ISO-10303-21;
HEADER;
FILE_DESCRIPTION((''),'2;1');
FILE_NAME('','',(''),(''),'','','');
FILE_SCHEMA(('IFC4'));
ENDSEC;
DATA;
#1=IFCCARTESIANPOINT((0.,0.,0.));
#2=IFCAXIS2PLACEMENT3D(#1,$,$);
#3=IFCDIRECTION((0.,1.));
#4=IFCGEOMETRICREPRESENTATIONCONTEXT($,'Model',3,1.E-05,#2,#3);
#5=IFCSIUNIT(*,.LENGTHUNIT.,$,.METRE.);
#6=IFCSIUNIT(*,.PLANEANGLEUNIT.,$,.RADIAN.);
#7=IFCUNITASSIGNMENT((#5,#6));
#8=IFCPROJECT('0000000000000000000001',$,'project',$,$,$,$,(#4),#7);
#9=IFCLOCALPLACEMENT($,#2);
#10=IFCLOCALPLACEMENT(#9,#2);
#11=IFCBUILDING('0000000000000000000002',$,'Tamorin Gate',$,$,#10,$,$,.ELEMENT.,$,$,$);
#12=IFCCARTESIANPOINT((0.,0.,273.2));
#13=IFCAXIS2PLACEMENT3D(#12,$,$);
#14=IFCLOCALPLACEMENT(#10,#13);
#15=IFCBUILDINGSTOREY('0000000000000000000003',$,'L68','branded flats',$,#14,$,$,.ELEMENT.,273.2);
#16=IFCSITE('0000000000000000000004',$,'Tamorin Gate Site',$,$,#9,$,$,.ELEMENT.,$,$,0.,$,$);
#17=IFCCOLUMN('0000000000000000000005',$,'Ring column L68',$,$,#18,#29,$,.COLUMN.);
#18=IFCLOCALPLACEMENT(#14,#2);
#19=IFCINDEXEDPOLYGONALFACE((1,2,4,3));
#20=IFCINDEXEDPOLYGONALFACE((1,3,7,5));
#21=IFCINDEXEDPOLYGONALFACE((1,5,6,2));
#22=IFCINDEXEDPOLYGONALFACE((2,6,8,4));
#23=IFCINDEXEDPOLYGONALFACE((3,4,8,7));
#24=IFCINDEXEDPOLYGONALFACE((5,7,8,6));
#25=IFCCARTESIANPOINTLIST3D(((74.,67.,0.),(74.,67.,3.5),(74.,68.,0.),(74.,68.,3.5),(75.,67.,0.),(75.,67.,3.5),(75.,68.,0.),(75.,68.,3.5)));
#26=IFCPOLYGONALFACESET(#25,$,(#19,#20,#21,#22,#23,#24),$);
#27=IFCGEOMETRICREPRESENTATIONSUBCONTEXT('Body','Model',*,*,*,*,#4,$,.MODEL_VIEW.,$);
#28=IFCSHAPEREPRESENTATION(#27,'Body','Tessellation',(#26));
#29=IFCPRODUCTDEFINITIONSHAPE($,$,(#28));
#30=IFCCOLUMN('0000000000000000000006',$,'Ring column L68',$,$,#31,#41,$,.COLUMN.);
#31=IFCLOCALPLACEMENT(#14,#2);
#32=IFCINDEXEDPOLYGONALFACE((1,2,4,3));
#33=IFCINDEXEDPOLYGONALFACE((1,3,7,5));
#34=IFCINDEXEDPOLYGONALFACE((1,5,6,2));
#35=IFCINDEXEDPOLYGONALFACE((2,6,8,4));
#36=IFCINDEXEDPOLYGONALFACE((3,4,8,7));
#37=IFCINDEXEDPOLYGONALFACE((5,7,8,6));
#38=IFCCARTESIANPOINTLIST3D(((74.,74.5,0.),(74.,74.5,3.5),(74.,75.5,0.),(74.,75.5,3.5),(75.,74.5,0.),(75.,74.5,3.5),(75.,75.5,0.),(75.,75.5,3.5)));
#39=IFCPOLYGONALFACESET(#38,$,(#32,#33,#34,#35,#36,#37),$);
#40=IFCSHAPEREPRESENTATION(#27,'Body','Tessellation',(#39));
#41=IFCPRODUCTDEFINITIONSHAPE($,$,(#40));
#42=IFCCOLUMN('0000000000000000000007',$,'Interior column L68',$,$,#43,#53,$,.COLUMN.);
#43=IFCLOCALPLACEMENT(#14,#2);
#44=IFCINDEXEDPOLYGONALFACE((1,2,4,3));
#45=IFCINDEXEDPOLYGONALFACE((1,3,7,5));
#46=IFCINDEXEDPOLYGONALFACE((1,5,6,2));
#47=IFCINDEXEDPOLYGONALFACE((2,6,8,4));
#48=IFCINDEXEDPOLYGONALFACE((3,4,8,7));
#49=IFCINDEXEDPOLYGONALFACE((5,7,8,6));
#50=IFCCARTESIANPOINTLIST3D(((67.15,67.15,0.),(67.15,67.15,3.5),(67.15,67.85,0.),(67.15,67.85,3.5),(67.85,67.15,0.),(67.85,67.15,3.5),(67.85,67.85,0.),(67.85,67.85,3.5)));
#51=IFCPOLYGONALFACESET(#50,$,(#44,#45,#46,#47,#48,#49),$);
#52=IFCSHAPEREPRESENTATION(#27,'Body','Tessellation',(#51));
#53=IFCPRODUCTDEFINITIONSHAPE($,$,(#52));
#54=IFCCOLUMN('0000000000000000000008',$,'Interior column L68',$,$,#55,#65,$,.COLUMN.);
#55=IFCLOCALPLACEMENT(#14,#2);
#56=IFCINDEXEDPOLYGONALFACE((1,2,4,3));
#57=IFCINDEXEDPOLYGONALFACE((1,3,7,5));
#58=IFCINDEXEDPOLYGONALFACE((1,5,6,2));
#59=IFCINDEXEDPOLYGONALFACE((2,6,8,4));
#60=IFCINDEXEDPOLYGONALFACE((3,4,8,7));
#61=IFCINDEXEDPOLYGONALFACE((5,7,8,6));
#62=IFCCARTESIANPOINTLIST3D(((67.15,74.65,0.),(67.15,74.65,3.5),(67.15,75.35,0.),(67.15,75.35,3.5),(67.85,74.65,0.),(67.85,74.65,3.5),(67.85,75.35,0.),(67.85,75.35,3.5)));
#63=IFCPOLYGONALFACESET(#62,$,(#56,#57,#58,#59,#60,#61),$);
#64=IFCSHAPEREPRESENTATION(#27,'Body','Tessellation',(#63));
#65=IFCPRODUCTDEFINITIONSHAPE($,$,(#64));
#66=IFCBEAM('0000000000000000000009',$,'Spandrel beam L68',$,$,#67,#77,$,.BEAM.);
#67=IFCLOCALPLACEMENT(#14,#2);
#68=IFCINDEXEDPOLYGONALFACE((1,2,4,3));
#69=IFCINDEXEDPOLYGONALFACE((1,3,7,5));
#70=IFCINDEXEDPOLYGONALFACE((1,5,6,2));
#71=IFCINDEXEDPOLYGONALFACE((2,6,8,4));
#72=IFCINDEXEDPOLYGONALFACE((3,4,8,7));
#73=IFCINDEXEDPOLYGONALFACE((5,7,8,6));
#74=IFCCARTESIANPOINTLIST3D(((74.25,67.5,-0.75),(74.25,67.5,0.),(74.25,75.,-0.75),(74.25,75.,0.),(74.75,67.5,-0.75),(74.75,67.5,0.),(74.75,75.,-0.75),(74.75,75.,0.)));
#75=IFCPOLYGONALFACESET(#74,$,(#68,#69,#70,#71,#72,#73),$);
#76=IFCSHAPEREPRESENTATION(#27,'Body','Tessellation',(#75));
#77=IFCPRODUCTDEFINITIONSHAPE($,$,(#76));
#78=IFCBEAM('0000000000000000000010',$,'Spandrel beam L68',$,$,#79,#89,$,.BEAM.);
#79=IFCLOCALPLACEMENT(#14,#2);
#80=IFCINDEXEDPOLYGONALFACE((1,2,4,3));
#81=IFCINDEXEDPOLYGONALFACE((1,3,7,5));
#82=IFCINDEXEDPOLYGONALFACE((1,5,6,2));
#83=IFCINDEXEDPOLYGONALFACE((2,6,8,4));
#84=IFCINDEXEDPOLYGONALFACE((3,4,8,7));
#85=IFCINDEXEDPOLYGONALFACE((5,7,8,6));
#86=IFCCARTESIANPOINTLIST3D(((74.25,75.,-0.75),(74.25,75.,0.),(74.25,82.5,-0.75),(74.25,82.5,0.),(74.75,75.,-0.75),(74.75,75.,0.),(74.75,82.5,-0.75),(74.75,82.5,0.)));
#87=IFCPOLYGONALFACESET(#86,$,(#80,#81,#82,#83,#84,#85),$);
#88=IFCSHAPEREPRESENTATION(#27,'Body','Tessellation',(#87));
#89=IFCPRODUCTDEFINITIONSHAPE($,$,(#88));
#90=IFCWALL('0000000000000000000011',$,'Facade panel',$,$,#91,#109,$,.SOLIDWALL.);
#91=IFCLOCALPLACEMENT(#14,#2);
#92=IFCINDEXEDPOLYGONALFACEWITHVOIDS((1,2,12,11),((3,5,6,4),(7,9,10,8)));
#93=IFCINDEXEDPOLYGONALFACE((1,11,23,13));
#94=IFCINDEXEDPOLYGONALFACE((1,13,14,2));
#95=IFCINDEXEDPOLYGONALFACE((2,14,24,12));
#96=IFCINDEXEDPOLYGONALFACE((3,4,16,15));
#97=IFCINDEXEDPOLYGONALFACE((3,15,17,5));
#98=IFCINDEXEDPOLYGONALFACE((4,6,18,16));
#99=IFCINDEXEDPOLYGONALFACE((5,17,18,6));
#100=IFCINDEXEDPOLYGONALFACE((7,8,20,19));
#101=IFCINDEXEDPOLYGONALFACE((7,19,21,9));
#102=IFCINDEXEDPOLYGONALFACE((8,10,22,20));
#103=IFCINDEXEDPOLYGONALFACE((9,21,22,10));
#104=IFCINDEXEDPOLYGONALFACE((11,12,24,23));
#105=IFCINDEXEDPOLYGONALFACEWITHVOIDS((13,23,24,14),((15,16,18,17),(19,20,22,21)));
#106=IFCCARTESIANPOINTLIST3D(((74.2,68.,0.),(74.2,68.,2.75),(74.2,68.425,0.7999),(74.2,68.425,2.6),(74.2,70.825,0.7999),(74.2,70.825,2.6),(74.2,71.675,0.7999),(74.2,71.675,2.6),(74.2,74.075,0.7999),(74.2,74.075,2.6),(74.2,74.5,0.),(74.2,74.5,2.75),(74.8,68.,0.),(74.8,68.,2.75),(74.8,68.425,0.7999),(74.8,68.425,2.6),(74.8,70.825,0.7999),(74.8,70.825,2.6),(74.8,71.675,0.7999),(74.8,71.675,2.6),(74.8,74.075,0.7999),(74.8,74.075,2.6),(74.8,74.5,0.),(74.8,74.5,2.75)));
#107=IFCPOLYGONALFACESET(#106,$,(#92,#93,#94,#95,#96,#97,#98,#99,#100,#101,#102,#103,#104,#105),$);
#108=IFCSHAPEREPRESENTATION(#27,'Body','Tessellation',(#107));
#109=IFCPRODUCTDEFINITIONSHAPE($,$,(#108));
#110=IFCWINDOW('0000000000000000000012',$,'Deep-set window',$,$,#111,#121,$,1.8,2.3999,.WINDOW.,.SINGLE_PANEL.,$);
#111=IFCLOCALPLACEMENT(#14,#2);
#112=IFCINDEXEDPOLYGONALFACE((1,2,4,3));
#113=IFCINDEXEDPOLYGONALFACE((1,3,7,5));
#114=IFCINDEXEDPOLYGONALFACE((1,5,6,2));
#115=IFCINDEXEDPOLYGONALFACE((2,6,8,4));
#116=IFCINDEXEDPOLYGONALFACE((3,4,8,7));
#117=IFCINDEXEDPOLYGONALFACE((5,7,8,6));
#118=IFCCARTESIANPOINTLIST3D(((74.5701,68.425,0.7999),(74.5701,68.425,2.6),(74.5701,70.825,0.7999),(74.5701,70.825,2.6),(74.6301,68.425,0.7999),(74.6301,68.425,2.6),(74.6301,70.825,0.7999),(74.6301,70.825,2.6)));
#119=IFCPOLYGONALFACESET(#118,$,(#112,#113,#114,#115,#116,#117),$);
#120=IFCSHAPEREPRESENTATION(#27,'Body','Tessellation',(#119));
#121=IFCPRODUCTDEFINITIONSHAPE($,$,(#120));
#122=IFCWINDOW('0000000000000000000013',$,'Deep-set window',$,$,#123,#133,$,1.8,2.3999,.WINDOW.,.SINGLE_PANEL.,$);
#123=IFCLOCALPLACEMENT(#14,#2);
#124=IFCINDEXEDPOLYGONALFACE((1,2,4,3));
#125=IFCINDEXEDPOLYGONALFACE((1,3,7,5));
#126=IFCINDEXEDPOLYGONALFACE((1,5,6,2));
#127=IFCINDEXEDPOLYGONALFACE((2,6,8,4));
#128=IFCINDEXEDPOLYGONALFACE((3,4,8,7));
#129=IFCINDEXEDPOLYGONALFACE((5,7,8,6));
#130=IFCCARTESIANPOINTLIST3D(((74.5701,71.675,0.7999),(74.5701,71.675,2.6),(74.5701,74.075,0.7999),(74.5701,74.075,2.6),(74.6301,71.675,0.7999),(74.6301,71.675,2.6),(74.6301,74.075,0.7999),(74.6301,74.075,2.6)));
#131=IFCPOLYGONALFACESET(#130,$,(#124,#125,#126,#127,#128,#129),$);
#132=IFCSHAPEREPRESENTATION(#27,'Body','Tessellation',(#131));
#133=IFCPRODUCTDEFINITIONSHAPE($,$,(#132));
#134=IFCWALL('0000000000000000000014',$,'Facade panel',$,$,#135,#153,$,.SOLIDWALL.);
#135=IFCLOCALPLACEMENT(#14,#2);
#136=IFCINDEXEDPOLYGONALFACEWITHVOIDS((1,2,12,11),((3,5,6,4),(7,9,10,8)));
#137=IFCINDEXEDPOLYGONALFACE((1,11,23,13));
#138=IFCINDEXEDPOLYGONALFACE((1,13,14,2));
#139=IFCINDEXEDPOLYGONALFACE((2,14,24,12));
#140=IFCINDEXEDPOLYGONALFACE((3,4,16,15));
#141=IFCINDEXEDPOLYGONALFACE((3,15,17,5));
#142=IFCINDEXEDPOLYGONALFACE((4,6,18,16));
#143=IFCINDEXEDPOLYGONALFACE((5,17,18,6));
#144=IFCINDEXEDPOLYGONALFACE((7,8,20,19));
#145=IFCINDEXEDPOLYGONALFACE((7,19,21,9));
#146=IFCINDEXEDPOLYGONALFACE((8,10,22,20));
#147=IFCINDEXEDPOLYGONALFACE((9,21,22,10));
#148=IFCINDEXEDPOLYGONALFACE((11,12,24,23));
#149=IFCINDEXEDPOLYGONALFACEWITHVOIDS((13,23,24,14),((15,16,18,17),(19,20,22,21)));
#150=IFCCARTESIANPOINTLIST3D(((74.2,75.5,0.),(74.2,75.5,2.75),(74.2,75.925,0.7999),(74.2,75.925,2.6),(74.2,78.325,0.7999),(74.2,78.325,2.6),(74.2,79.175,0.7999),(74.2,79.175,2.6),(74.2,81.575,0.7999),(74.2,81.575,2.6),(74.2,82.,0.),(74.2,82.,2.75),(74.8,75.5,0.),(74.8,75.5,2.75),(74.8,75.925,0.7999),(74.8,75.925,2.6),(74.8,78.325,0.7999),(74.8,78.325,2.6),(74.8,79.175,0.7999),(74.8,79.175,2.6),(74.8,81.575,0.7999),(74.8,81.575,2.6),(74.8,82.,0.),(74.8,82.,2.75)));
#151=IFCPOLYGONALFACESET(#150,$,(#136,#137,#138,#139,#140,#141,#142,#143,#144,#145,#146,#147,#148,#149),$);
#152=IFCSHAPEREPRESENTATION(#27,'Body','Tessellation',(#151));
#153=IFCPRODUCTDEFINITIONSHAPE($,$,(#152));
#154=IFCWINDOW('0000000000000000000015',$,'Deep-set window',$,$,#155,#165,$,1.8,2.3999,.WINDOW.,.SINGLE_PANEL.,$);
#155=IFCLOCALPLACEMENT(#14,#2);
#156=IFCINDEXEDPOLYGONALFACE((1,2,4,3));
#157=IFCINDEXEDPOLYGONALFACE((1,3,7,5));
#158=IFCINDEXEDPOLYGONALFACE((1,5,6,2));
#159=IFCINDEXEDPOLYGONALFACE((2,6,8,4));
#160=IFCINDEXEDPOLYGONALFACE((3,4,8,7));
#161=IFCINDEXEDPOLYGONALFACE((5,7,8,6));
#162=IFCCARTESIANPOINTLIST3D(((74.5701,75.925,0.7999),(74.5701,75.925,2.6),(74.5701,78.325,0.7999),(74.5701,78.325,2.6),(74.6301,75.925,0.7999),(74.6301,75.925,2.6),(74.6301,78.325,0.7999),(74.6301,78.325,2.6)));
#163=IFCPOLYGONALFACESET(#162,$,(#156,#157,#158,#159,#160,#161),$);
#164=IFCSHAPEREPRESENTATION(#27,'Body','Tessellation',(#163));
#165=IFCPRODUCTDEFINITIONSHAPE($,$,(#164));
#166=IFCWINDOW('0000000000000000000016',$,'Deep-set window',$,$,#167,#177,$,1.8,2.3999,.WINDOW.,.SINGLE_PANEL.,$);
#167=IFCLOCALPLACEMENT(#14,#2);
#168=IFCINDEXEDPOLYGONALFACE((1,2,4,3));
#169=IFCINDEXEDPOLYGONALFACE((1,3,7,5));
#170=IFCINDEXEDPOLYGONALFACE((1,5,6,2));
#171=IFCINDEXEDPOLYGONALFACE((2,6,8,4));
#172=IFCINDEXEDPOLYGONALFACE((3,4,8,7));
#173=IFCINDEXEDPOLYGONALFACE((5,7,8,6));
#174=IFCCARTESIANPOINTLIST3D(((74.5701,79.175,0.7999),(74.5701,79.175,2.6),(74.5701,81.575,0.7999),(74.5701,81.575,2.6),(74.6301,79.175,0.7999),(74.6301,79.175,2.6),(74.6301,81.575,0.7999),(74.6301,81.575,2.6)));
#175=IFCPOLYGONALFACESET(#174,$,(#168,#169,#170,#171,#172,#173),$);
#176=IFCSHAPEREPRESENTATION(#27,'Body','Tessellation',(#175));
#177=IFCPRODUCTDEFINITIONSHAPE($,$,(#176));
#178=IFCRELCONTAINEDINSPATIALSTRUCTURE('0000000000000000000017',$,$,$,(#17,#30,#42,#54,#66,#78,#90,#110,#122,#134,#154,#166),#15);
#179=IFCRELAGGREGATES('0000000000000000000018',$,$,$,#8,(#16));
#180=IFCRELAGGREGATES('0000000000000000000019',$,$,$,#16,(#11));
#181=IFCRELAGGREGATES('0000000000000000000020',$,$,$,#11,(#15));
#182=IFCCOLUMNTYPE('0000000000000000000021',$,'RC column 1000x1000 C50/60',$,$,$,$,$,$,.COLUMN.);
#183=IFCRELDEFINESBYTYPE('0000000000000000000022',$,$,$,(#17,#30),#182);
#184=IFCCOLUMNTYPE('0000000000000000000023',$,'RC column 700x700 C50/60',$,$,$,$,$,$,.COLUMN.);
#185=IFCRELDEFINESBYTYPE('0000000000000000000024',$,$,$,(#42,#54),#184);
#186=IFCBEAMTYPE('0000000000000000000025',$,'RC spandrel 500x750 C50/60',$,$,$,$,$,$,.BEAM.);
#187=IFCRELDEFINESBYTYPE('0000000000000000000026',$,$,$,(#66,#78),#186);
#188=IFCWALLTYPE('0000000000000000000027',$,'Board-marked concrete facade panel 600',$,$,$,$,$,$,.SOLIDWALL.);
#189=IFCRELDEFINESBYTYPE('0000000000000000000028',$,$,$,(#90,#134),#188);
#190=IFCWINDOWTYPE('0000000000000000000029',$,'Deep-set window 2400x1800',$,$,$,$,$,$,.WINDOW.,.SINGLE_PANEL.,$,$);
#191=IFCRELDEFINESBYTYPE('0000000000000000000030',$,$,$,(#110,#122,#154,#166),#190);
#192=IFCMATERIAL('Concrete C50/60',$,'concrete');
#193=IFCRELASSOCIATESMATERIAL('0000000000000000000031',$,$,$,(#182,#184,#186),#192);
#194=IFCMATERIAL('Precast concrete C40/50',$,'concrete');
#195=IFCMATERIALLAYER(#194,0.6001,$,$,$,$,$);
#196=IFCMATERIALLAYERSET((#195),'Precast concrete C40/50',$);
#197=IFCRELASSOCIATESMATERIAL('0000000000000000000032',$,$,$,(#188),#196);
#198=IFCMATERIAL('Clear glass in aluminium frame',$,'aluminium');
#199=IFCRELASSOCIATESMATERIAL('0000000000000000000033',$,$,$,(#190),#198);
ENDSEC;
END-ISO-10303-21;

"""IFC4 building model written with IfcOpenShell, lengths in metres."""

from ifc_helpers import new_model, si_unit, direction, frame, frame_2d, origin, origin_2d, place, context, subcontext, project, spatial, rectangle, extrude, material, layer, layer_set, material_profile, profile_set, type_object, element, fill, save


model = new_model("IFC4")

# Units and contexts
model_context = context("Model", 3, precision=1e-05, world=origin(), true_north=direction((0.0, 1.0)))
body_context = subcontext(model_context, "Body", "Model", "MODEL_VIEW")
ifc_project = project(units=[si_unit("LENGTHUNIT", "METRE"), si_unit("PLANEANGLEUNIT", "RADIAN")], contexts=[model_context])

# Site, building, storey
site_placement = place(None, origin())
site = spatial("IfcSite", under=ifc_project, at=site_placement, Name="Tamorin Gate Site", CompositionType="ELEMENT", RefElevation=0.0)
building_placement = place(site_placement, origin())
building = spatial("IfcBuilding", under=site, at=building_placement, Name="Tamorin Gate", CompositionType="ELEMENT")
storey_placement = place(building_placement, frame((0.0, 0.0, 273.2)))
storey = spatial("IfcBuildingStorey", under=building, at=storey_placement, Name="L68", Description="branded flats", CompositionType="ELEMENT", Elevation=273.2)

# Columns
ifc_material_1 = material(Name="Concrete C50/60", Category="concrete")
ifc_material_profile_1 = material_profile(ifc_material_1, rectangle(XDim=1.0, YDim=1.0, at=origin_2d()), Name="RC 1000x1000")
ifc_profile_set_1 = profile_set([ifc_material_profile_1], Name="Concrete C50/60")
column_type_1 = type_object("IfcColumnType", Name="RC column 1000x1000 C50/60", PredefinedType="COLUMN", material=ifc_profile_set_1)
for number, where, z_axis, x_axis, name in (
    (1, (74.5, 67.5, 0.0), (0.0, 0.0, 1.0), (1.0, 0.0, 0.0), "Ring column L68"),
    (2, (74.5, 75.0, 0.0), (0.0, 0.0, 1.0), (1.0, 0.0, 0.0), "Ring column L68"),
):
    element("IfcColumn", number, at=place(storey_placement, frame(where, z_axis=z_axis, x_axis=x_axis)), inside=storey, type_object=column_type_1, Name=name, PredefinedType="COLUMN", context=body_context, shape_type="SweptSolid", body=[
        extrude(rectangle(XDim=1.0, YDim=1.0, at=origin_2d()), origin(), (0.0, 0.0, 1.0), 3.5),
    ])
ifc_material_profile_2 = material_profile(ifc_material_1, rectangle(XDim=0.7, YDim=0.7, at=origin_2d()), Name="RC 700x700")
ifc_profile_set_2 = profile_set([ifc_material_profile_2], Name="Concrete C50/60")
column_type_2 = type_object("IfcColumnType", Name="RC column 700x700 C50/60", PredefinedType="COLUMN", material=ifc_profile_set_2)
for number, where, z_axis, x_axis, name in (
    (3, (67.5, 67.5, 0.0), (0.0, 0.0, 1.0), (1.0, 0.0, 0.0), "Interior column L68"),
    (4, (67.5, 75.0, 0.0), (0.0, 0.0, 1.0), (1.0, 0.0, 0.0), "Interior column L68"),
):
    element("IfcColumn", number, at=place(storey_placement, frame(where, z_axis=z_axis, x_axis=x_axis)), inside=storey, type_object=column_type_2, Name=name, PredefinedType="COLUMN", context=body_context, shape_type="SweptSolid", body=[
        extrude(rectangle(XDim=0.7, YDim=0.7, at=origin_2d()), origin(), (0.0, 0.0, 1.0), 3.5),
    ])

# Beams
ifc_material_profile_3 = material_profile(ifc_material_1, rectangle(XDim=0.5, YDim=0.75, at=origin_2d()), Name="RC 500x750")
ifc_profile_set_3 = profile_set([ifc_material_profile_3], Name="Concrete C50/60")
beam_type = type_object("IfcBeamType", Name="RC spandrel 500x750 C50/60", PredefinedType="BEAM", material=ifc_profile_set_3)
for number, where, z_axis, x_axis, name in (
    (5, (74.5, 67.5, -0.375), (0.0, 1.0, 0.0), (-1.0, 0.0, 0.0), "Spandrel beam L68"),
    (6, (74.5, 75.0, -0.375), (0.0, 1.0, 0.0), (-1.0, 0.0, 0.0), "Spandrel beam L68"),
):
    element("IfcBeam", number, at=place(storey_placement, frame(where, z_axis=z_axis, x_axis=x_axis)), inside=storey, type_object=beam_type, Name=name, PredefinedType="BEAM", context=body_context, shape_type="SweptSolid", body=[
        extrude(rectangle(XDim=0.5, YDim=0.75, at=origin_2d()), origin(), (0.0, 0.0, 1.0), 7.5),
    ])

# Walls, openings, windows
ifc_material_2 = material(Name="Precast concrete C40/50", Category="concrete")
ifc_layer_1 = layer(ifc_material_2, 0.6001)
ifc_layer_set_1 = layer_set([ifc_layer_1], Name="Precast concrete C40/50")
wall_type_1 = type_object("IfcWallType", Name="Board-marked concrete facade panel 600", PredefinedType="SOLIDWALL", material=ifc_layer_set_1)
wall_1_placement = place(storey_placement, frame((74.5, 68.0, 0.0), z_axis=(0.0, 0.0, 1.0), x_axis=(0.0, 1.0, 0.0)))
wall_1 = element("IfcWall", 7, at=wall_1_placement, inside=storey, type_object=wall_type_1, Name="Facade panel", PredefinedType="SOLIDWALL", context=body_context, shape_type="SweptSolid", body=[
    extrude(rectangle(XDim=6.5, YDim=0.6001, at=frame_2d((3.25, 0.0))), origin(), (0.0, 0.0, 1.0), 2.75),
])
opening_1_placement = place(wall_1_placement, frame((0.425, 0.0, 0.8)))
opening_1 = element("IfcOpeningElement", 8, at=opening_1_placement, cuts=wall_1, PredefinedType="OPENING", context=body_context, shape_type="SweptSolid", body=[
    extrude(rectangle(XDim=2.3999, YDim=1.8, at=frame_2d((1.2, 0.8999))), frame((0.0, 0.3101, 0.0), z_axis=(0.0, -1.0, 0.0), x_axis=(1.0, 0.0, 0.0)), (0.0, 0.0, 1.0), 0.6201),
])
opening_2_placement = place(wall_1_placement, frame((3.675, 0.0, 0.8)))
opening_2 = element("IfcOpeningElement", 9, at=opening_2_placement, cuts=wall_1, PredefinedType="OPENING", context=body_context, shape_type="SweptSolid", body=[
    extrude(rectangle(XDim=2.3999, YDim=1.8, at=frame_2d((1.2, 0.8999))), frame((0.0, 0.3101, 0.0), z_axis=(0.0, -1.0, 0.0), x_axis=(1.0, 0.0, 0.0)), (0.0, 0.0, 1.0), 0.6201),
])
ifc_material_3 = material(Name="Clear glass in aluminium frame", Category="aluminium")
window_type = type_object("IfcWindowType", Name="Deep-set window 2400x1800", PartitioningType="SINGLE_PANEL", PredefinedType="WINDOW", material=ifc_material_3)
window_1_placement = place(opening_1_placement, origin())
window_1 = element("IfcWindow", 10, at=window_1_placement, inside=storey, type_object=window_type, Name="Deep-set window", OverallHeight=1.8, OverallWidth=2.3999, PartitioningType="SINGLE_PANEL", PredefinedType="WINDOW", context=body_context, shape_type="SweptSolid", body=[
    extrude(rectangle(XDim=2.3999, YDim=1.8, at=frame_2d((1.2, 0.8999))), frame((0.0, -0.0701, 0.0), z_axis=(0.0, -1.0, 0.0), x_axis=(1.0, 0.0, 0.0)), (0.0, 0.0, 1.0), 0.0601),
])
fill(opening_1, window_1)
window_2_placement = place(opening_2_placement, origin())
window_2 = element("IfcWindow", 11, at=window_2_placement, inside=storey, type_object=window_type, Name="Deep-set window", OverallHeight=1.8, OverallWidth=2.3999, PartitioningType="SINGLE_PANEL", PredefinedType="WINDOW", context=body_context, shape_type="SweptSolid", body=[
    extrude(rectangle(XDim=2.3999, YDim=1.8, at=frame_2d((1.2, 0.8999))), frame((0.0, -0.0701, 0.0), z_axis=(0.0, -1.0, 0.0), x_axis=(1.0, 0.0, 0.0)), (0.0, 0.0, 1.0), 0.0601),
])
fill(opening_2, window_2)
wall_2_placement = place(storey_placement, frame((74.5, 75.5, 0.0), z_axis=(0.0, 0.0, 1.0), x_axis=(0.0, 1.0, 0.0)))
wall_2 = element("IfcWall", 12, at=wall_2_placement, inside=storey, type_object=wall_type_1, Name="Facade panel", PredefinedType="SOLIDWALL", context=body_context, shape_type="SweptSolid", body=[
    extrude(rectangle(XDim=6.5, YDim=0.6001, at=frame_2d((3.25, 0.0))), origin(), (0.0, 0.0, 1.0), 2.75),
])
opening_3_placement = place(wall_2_placement, frame((0.425, 0.0, 0.8)))
opening_3 = element("IfcOpeningElement", 13, at=opening_3_placement, cuts=wall_2, PredefinedType="OPENING", context=body_context, shape_type="SweptSolid", body=[
    extrude(rectangle(XDim=2.3999, YDim=1.8, at=frame_2d((1.2, 0.8999))), frame((0.0, 0.3101, 0.0), z_axis=(0.0, -1.0, 0.0), x_axis=(1.0, 0.0, 0.0)), (0.0, 0.0, 1.0), 0.6201),
])
opening_4_placement = place(wall_2_placement, frame((3.675, 0.0, 0.8)))
opening_4 = element("IfcOpeningElement", 14, at=opening_4_placement, cuts=wall_2, PredefinedType="OPENING", context=body_context, shape_type="SweptSolid", body=[
    extrude(rectangle(XDim=2.3999, YDim=1.8, at=frame_2d((1.2, 0.8999))), frame((0.0, 0.3101, 0.0), z_axis=(0.0, -1.0, 0.0), x_axis=(1.0, 0.0, 0.0)), (0.0, 0.0, 1.0), 0.6201),
])
window_3_placement = place(opening_3_placement, origin())
window_3 = element("IfcWindow", 15, at=window_3_placement, inside=storey, type_object=window_type, Name="Deep-set window", OverallHeight=1.8, OverallWidth=2.3999, PartitioningType="SINGLE_PANEL", PredefinedType="WINDOW", context=body_context, shape_type="SweptSolid", body=[
    extrude(rectangle(XDim=2.3999, YDim=1.8, at=frame_2d((1.2, 0.8999))), frame((0.0, -0.0701, 0.0), z_axis=(0.0, -1.0, 0.0), x_axis=(1.0, 0.0, 0.0)), (0.0, 0.0, 1.0), 0.0601),
])
fill(opening_3, window_3)
window_4_placement = place(opening_4_placement, origin())
window_4 = element("IfcWindow", 16, at=window_4_placement, inside=storey, type_object=window_type, Name="Deep-set window", OverallHeight=1.8, OverallWidth=2.3999, PartitioningType="SINGLE_PANEL", PredefinedType="WINDOW", context=body_context, shape_type="SweptSolid", body=[
    extrude(rectangle(XDim=2.3999, YDim=1.8, at=frame_2d((1.2, 0.8999))), frame((0.0, -0.0701, 0.0), z_axis=(0.0, -1.0, 0.0), x_axis=(1.0, 0.0, 0.0)), (0.0, 0.0, 1.0), 0.0601),
])
fill(opening_4, window_4)

save(model, "model.ifc")
